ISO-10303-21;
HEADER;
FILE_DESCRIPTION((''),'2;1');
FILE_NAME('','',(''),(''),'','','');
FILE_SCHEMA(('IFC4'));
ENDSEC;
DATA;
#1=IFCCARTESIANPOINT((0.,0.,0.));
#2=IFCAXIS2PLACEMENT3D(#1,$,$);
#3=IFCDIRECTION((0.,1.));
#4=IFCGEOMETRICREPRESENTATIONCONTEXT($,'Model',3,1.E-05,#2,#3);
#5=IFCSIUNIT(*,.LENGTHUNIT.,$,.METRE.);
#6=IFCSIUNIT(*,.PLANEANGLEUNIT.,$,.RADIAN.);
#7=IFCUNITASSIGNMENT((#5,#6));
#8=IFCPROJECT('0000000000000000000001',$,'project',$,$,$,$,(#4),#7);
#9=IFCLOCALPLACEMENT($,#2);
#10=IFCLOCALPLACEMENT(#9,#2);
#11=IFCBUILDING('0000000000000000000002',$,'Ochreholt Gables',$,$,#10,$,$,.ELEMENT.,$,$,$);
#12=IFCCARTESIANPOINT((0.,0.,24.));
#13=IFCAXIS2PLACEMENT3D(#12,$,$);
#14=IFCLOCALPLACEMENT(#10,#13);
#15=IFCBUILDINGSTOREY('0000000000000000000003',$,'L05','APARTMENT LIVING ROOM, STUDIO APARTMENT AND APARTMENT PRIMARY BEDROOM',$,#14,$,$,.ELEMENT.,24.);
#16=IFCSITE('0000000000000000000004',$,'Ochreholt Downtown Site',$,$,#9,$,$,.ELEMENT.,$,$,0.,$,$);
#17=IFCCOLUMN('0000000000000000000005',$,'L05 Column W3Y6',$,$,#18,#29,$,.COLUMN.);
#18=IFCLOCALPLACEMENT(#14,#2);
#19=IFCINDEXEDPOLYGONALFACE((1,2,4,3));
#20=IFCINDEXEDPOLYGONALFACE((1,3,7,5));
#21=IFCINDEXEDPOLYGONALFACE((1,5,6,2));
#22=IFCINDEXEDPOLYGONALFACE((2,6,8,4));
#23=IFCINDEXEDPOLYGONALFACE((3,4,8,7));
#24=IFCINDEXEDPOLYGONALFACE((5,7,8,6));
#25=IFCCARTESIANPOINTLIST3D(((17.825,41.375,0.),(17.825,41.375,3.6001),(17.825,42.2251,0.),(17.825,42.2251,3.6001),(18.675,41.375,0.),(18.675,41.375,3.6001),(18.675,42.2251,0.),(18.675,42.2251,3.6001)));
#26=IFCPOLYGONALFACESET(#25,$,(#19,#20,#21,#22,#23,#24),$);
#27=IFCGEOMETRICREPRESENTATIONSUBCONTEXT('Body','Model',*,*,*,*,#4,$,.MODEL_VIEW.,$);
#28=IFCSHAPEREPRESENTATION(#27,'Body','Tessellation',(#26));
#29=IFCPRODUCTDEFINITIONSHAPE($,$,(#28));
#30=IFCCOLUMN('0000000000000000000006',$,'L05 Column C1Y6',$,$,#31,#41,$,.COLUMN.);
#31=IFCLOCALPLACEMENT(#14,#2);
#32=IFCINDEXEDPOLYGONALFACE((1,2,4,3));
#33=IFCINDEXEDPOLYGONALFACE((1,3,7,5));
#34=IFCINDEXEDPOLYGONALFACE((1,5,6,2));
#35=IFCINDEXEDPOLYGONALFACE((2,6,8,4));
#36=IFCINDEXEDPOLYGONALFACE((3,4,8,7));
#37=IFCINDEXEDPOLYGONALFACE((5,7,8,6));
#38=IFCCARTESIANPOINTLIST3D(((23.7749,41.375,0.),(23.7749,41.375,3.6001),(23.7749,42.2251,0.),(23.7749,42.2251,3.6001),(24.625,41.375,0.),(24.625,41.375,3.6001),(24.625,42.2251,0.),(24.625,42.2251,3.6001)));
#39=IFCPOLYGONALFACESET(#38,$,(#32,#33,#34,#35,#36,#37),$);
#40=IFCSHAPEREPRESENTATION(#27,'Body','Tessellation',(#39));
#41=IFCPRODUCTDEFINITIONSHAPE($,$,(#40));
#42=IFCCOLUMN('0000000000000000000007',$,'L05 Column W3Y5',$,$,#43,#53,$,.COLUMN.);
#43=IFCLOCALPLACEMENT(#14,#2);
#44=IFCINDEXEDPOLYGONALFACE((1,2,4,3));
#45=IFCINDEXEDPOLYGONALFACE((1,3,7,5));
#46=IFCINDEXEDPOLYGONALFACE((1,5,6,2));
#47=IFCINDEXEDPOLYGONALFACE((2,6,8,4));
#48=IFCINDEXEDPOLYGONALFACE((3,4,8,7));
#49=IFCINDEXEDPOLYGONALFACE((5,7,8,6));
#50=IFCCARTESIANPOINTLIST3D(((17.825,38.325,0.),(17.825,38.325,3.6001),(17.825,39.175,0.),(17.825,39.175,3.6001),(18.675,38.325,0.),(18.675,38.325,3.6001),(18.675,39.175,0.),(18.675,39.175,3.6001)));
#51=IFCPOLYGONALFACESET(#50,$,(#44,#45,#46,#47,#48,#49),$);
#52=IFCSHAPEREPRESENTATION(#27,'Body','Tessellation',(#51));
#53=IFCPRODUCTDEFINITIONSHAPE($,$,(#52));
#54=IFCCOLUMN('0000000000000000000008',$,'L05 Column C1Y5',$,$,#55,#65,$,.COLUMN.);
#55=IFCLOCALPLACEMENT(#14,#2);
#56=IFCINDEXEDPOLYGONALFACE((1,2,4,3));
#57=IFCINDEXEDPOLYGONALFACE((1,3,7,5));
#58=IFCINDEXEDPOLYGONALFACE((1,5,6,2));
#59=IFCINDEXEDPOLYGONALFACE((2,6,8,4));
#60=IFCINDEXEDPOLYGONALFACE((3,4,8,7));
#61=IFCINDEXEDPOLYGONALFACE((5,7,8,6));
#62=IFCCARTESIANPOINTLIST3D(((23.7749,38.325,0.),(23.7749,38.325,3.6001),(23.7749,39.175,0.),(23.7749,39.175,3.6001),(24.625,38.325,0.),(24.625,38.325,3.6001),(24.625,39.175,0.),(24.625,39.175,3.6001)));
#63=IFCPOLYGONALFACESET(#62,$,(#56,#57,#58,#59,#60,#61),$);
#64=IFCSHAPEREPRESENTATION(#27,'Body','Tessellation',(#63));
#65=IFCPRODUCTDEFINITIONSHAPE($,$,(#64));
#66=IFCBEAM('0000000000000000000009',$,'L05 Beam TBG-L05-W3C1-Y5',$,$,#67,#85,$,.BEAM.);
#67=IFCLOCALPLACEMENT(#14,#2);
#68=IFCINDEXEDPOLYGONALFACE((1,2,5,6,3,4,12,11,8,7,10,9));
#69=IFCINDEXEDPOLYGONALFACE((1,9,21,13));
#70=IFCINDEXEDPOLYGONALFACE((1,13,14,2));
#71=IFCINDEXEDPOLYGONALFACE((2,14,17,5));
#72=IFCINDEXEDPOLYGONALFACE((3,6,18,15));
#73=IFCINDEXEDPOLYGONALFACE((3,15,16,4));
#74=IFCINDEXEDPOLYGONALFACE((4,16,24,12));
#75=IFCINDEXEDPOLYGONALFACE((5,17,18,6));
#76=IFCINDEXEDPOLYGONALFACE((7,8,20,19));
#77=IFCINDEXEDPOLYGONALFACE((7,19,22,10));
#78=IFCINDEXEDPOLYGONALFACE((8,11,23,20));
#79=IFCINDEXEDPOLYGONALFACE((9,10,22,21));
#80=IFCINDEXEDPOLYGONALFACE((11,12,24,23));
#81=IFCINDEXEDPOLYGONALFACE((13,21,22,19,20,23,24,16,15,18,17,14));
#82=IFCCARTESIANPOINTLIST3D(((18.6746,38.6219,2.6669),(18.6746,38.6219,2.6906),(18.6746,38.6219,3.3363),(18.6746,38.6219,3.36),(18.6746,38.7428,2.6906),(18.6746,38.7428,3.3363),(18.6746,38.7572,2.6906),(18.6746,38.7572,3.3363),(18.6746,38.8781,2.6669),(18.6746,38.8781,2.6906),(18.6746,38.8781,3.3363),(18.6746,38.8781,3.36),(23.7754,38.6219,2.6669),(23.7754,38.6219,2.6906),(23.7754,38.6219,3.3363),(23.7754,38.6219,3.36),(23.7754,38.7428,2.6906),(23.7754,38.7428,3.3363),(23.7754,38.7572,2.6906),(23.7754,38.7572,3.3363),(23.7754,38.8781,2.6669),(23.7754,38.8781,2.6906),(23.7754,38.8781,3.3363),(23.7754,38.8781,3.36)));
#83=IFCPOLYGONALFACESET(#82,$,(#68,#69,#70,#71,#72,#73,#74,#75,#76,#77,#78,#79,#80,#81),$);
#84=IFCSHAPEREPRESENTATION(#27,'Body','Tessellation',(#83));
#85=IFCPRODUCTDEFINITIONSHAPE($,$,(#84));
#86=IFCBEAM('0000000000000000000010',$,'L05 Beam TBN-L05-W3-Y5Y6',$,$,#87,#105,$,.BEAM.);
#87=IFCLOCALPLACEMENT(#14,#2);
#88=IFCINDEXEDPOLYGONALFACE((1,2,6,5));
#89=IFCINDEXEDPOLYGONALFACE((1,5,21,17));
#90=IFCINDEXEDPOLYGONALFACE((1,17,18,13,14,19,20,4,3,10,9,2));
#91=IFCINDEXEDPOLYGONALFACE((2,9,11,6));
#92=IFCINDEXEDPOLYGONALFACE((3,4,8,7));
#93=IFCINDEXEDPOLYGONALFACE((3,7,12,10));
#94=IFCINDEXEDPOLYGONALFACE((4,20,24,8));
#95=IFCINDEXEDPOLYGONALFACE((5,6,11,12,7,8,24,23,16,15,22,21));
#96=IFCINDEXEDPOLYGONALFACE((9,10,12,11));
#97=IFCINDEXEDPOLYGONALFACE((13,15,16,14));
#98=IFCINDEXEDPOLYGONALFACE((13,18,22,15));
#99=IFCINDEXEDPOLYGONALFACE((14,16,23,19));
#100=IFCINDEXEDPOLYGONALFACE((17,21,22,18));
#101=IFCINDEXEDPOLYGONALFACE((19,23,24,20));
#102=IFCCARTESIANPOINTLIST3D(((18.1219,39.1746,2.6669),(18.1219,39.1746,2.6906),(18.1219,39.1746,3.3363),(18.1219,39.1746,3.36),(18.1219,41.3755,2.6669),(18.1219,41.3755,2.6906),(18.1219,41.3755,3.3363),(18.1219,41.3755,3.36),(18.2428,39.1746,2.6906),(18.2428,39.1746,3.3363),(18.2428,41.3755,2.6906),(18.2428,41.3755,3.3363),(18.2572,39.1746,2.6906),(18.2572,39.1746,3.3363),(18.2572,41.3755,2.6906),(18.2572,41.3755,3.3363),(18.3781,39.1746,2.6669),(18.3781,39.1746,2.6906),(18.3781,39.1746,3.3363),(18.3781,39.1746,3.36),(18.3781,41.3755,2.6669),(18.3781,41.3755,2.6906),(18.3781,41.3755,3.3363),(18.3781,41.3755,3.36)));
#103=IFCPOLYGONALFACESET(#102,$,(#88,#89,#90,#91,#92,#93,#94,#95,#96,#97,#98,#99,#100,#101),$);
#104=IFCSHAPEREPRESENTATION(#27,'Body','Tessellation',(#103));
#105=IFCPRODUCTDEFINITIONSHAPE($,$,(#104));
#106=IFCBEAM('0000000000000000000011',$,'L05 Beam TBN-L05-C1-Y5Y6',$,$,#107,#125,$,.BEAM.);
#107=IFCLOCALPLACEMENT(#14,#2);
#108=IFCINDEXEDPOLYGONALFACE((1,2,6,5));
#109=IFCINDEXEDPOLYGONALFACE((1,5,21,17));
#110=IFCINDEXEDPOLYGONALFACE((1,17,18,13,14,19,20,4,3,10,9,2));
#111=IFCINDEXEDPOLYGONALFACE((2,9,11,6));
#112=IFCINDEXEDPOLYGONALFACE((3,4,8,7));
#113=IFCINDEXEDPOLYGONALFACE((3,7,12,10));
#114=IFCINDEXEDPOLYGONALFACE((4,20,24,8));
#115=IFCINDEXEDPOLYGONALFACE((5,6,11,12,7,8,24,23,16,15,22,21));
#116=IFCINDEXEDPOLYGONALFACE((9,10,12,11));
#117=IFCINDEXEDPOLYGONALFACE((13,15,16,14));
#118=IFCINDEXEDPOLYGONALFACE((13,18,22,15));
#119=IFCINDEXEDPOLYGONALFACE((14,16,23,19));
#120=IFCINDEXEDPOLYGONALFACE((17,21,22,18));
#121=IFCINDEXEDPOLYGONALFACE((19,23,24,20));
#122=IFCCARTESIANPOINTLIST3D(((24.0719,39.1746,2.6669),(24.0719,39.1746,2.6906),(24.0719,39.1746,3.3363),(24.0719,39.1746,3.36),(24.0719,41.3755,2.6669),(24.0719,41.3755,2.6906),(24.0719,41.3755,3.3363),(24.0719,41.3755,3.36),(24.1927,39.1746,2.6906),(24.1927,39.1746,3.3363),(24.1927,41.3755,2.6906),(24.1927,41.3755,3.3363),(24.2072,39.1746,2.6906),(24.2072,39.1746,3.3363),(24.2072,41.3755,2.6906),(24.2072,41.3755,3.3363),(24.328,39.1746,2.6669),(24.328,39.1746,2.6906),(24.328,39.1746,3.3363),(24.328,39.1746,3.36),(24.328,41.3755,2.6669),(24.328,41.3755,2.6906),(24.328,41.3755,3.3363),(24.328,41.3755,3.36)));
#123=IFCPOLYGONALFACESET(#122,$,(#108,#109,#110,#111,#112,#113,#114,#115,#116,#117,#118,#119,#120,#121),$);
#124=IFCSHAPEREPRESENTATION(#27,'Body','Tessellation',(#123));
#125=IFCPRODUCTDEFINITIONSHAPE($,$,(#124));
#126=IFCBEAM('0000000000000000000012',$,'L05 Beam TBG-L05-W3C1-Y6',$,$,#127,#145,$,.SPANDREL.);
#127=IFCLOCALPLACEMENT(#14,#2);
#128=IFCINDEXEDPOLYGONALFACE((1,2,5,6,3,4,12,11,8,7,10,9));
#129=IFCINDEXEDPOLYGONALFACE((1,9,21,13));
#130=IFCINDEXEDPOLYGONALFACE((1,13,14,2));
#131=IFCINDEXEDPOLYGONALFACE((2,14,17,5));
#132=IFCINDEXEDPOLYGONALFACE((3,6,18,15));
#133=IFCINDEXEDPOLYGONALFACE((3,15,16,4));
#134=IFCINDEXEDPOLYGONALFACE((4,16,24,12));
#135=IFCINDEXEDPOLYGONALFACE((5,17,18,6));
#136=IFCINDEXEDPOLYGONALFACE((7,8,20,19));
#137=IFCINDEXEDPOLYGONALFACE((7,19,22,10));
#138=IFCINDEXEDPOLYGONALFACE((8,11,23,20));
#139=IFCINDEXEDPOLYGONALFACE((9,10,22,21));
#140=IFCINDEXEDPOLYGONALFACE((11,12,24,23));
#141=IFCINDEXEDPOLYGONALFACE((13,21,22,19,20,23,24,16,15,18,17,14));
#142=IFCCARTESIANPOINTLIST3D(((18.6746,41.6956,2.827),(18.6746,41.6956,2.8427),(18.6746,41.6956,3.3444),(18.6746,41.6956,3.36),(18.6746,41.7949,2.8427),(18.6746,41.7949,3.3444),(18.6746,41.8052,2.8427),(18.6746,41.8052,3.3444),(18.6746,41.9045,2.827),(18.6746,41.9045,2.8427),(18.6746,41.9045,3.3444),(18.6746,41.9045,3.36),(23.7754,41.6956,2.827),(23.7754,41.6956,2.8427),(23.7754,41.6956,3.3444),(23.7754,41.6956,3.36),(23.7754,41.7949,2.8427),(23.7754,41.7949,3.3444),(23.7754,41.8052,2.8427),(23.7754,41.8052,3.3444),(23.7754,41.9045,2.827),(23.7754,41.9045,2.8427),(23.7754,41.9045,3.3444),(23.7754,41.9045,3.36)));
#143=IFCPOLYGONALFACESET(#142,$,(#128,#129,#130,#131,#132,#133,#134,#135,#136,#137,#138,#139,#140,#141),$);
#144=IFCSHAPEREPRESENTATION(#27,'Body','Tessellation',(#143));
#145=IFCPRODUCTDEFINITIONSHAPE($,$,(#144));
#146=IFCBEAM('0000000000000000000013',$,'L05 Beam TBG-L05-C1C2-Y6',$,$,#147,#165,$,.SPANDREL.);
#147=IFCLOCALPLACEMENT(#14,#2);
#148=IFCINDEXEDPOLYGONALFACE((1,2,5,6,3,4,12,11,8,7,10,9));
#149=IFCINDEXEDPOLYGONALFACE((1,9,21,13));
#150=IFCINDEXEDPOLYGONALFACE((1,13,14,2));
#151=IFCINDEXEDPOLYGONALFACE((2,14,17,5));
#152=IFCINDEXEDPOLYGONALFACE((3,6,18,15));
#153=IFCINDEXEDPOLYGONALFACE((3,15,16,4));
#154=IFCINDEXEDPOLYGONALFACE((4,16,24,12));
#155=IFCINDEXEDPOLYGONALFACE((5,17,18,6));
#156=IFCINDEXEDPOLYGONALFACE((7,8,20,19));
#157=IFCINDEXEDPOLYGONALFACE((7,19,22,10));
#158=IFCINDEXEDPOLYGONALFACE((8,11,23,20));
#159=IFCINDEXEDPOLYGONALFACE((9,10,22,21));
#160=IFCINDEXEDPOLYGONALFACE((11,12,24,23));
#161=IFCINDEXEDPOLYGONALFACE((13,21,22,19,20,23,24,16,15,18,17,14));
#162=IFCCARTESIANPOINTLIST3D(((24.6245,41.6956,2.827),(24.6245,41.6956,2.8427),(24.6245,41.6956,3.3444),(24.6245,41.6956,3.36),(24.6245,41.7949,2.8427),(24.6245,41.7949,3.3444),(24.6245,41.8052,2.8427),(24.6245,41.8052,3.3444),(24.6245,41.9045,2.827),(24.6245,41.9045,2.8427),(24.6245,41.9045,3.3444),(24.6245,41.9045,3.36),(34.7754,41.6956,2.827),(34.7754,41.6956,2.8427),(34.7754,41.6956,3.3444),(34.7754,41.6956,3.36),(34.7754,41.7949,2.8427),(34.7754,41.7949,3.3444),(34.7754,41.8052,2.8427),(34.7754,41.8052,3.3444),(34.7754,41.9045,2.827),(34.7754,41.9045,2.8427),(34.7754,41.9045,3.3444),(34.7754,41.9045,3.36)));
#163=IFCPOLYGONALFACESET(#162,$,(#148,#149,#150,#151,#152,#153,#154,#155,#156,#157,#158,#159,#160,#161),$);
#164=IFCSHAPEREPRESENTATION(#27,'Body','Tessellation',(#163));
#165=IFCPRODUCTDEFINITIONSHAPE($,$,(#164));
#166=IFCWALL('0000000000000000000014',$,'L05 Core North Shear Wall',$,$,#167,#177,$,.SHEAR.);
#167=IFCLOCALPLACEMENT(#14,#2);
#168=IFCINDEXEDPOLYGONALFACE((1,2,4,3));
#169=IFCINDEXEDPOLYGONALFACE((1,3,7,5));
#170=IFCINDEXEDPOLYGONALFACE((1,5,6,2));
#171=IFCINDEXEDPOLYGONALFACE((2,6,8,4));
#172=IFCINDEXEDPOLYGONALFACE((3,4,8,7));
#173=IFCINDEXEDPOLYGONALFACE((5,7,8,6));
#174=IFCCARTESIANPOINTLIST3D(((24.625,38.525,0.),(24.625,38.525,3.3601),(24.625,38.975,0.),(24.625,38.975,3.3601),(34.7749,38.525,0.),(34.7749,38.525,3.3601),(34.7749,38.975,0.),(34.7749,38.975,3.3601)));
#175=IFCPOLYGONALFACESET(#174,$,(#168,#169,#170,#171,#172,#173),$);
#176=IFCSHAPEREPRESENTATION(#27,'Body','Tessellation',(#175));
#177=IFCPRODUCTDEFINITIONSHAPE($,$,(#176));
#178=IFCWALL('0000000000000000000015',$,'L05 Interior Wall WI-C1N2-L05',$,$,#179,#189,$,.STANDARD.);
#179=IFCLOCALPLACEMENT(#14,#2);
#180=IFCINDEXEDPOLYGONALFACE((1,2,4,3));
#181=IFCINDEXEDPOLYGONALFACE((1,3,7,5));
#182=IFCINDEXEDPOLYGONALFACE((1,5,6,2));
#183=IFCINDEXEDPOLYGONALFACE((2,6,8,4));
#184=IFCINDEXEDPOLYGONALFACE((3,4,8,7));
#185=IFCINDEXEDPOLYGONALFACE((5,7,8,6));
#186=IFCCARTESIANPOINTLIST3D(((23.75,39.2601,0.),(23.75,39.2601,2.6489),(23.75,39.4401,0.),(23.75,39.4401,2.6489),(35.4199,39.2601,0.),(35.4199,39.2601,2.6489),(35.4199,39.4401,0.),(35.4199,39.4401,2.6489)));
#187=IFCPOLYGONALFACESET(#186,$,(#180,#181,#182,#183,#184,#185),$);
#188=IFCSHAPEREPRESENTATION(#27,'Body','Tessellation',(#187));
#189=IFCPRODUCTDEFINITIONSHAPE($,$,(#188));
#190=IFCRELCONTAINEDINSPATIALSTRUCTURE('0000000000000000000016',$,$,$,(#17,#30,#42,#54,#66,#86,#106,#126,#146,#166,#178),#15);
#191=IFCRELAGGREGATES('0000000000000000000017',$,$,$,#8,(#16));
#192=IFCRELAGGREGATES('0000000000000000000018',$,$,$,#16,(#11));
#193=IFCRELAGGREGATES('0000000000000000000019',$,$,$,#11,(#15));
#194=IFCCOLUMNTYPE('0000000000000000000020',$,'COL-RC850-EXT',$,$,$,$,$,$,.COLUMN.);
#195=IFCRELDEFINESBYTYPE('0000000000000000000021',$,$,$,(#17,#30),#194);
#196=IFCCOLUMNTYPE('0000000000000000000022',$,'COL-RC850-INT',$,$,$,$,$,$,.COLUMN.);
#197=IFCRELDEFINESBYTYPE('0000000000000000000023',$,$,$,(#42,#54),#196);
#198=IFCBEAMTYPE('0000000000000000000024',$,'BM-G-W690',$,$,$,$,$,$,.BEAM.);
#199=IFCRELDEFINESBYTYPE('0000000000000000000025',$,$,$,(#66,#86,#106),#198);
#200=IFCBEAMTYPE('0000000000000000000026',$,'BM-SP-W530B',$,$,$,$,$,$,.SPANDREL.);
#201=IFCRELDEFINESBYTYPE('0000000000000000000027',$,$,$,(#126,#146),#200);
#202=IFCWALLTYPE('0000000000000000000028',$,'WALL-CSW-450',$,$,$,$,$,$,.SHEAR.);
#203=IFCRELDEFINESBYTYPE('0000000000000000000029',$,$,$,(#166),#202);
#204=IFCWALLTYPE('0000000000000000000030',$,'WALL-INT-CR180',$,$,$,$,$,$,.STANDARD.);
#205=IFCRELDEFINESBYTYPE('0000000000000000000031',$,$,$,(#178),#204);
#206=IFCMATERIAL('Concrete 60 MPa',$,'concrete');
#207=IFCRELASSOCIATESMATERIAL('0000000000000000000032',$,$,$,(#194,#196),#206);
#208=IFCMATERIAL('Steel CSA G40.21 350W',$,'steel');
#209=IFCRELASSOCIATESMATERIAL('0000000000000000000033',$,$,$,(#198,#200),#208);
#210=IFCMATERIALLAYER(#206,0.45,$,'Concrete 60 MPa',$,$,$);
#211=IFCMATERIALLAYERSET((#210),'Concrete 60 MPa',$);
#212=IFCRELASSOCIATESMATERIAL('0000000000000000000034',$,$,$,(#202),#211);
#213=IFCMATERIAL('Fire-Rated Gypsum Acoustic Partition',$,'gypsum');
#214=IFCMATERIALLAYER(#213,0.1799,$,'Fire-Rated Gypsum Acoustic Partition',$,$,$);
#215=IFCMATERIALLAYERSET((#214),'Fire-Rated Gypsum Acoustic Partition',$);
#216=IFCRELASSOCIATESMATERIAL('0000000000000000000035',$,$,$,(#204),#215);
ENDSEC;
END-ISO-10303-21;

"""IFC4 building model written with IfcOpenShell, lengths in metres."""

from ifc_helpers import new_model, si_unit, direction, frame, frame_2d, origin, origin_2d, place, context, subcontext, project, spatial, rectangle, i_section, extrude, material, layer, layer_set, material_profile, profile_set, type_object, element, save


model = new_model("IFC4")

# Units and contexts
model_context = context("Model", 3, precision=1e-05, world=origin(), true_north=direction((0.0, 1.0)))
body_context = subcontext(model_context, "Body", "Model", "MODEL_VIEW")
ifc_project = project(units=[si_unit("LENGTHUNIT", "METRE"), si_unit("PLANEANGLEUNIT", "RADIAN")], contexts=[model_context])

# Site, building, storey
site_placement = place(None, origin())
site = spatial("IfcSite", under=ifc_project, at=site_placement, Name="Ochreholt Downtown Site", CompositionType="ELEMENT", RefElevation=0.0)
building_placement = place(site_placement, origin())
building = spatial("IfcBuilding", under=site, at=building_placement, Name="Ochreholt Gables", CompositionType="ELEMENT")
storey_placement = place(building_placement, frame((0.0, 0.0, 24.0)))
storey = spatial("IfcBuildingStorey", under=building, at=storey_placement, Name="L05", Description="APARTMENT LIVING ROOM, STUDIO APARTMENT AND APARTMENT PRIMARY BEDROOM", CompositionType="ELEMENT", Elevation=24.0)

# Columns
ifc_material_1 = material(Name="Concrete 60 MPa", Category="concrete")
ifc_material_profile_1 = material_profile(ifc_material_1, rectangle(XDim=0.8501, YDim=0.8501, at=origin_2d()), Name="RC850X850")
ifc_profile_set_1 = profile_set([ifc_material_profile_1], Name="Concrete 60 MPa")
column_type_1 = type_object("IfcColumnType", Name="COL-RC850-EXT", PredefinedType="COLUMN", material=ifc_profile_set_1)
for number, where, z_axis, x_axis, name in (
    (1, (18.25, 41.8, 0.0), (0.0, 0.0, 1.0), (1.0, 0.0, 0.0), "L05 Column W3Y6"),
    (2, (24.2, 41.8, 0.0), (0.0, 0.0, 1.0), (1.0, 0.0, 0.0), "L05 Column C1Y6"),
):
    element("IfcColumn", number, at=place(storey_placement, frame(where, z_axis=z_axis, x_axis=x_axis)), inside=storey, type_object=column_type_1, Name=name, PredefinedType="COLUMN", context=body_context, shape_type="SweptSolid", body=[
        extrude(rectangle(XDim=0.8501, YDim=0.8501, at=origin_2d()), origin(), (0.0, 0.0, 1.0), 3.6001),
    ])
ifc_material_profile_2 = material_profile(ifc_material_1, rectangle(XDim=0.8501, YDim=0.8501, at=origin_2d()), Name="RC850X850")
ifc_profile_set_2 = profile_set([ifc_material_profile_2], Name="Concrete 60 MPa")
column_type_2 = type_object("IfcColumnType", Name="COL-RC850-INT", PredefinedType="COLUMN", material=ifc_profile_set_2)
for number, where, z_axis, x_axis, name in (
    (3, (18.25, 38.75, 0.0), (0.0, 0.0, 1.0), (1.0, 0.0, 0.0), "L05 Column W3Y5"),
    (4, (24.2, 38.75, 0.0), (0.0, 0.0, 1.0), (1.0, 0.0, 0.0), "L05 Column C1Y5"),
):
    element("IfcColumn", number, at=place(storey_placement, frame(where, z_axis=z_axis, x_axis=x_axis)), inside=storey, type_object=column_type_2, Name=name, PredefinedType="COLUMN", context=body_context, shape_type="SweptSolid", body=[
        extrude(rectangle(XDim=0.8501, YDim=0.8501, at=origin_2d()), origin(), (0.0, 0.0, 1.0), 3.6001),
    ])

# Beams
ifc_material_2 = material(Name="Steel CSA G40.21 350W", Category="steel")
ifc_material_profile_3 = material_profile(ifc_material_2, i_section(OverallWidth=0.2561, OverallDepth=0.6931, WebThickness=0.0144, FlangeThickness=0.0237, at=origin_2d()), Name="W690X170")
ifc_profile_set_3 = profile_set([ifc_material_profile_3], Name="Steel CSA G40.21 350W")
beam_type_1 = type_object("IfcBeamType", Name="BM-G-W690", PredefinedType="BEAM", material=ifc_profile_set_3)
beam_1_placement = place(storey_placement, frame((18.6746, 38.75, 3.0134), z_axis=(1.0, 0.0, 0.0), x_axis=(0.0, 1.0, 0.0)))
element("IfcBeam", 5, at=beam_1_placement, inside=storey, type_object=beam_type_1, Name="L05 Beam TBG-L05-W3C1-Y5", PredefinedType="BEAM", context=body_context, shape_type="SweptSolid", body=[
    extrude(i_section(OverallWidth=0.2561, OverallDepth=0.6931, WebThickness=0.0144, FlangeThickness=0.0237, at=origin_2d()), origin(), (0.0, 0.0, 1.0), 5.1008),
])
for number, where, z_axis, x_axis, name in (
    (6, (18.25, 39.1746, 3.0134), (0.0, 1.0, 0.0), (-1.0, 0.0, 0.0), "L05 Beam TBN-L05-W3-Y5Y6"),
    (7, (24.2, 39.1746, 3.0134), (0.0, 1.0, 0.0), (-1.0, 0.0, 0.0), "L05 Beam TBN-L05-C1-Y5Y6"),
):
    element("IfcBeam", number, at=place(storey_placement, frame(where, z_axis=z_axis, x_axis=x_axis)), inside=storey, type_object=beam_type_1, Name=name, PredefinedType="BEAM", context=body_context, shape_type="SweptSolid", body=[
        extrude(i_section(OverallWidth=0.2561, OverallDepth=0.6931, WebThickness=0.0144, FlangeThickness=0.0237, at=origin_2d()), origin(), (0.0, 0.0, 1.0), 2.2009),
    ])
ifc_material_profile_4 = material_profile(ifc_material_2, i_section(OverallWidth=0.209, OverallDepth=0.533, WebThickness=0.0103, FlangeThickness=0.0156, at=origin_2d()), Name="W530X92")
ifc_profile_set_4 = profile_set([ifc_material_profile_4], Name="Steel CSA G40.21 350W")
beam_type_2 = type_object("IfcBeamType", Name="BM-SP-W530B", PredefinedType="SPANDREL", material=ifc_profile_set_4)
beam_2_placement = place(storey_placement, frame((18.6746, 41.8, 3.0935), z_axis=(1.0, 0.0, 0.0), x_axis=(0.0, 1.0, 0.0)))
element("IfcBeam", 8, at=beam_2_placement, inside=storey, type_object=beam_type_2, Name="L05 Beam TBG-L05-W3C1-Y6", PredefinedType="SPANDREL", context=body_context, shape_type="SweptSolid", body=[
    extrude(i_section(OverallWidth=0.209, OverallDepth=0.533, WebThickness=0.0103, FlangeThickness=0.0156, at=origin_2d()), origin(), (0.0, 0.0, 1.0), 5.1008),
])
beam_3_placement = place(storey_placement, frame((24.6245, 41.8, 3.0935), z_axis=(1.0, 0.0, 0.0), x_axis=(0.0, 1.0, 0.0)))
element("IfcBeam", 9, at=beam_3_placement, inside=storey, type_object=beam_type_2, Name="L05 Beam TBG-L05-C1C2-Y6", PredefinedType="SPANDREL", context=body_context, shape_type="SweptSolid", body=[
    extrude(i_section(OverallWidth=0.209, OverallDepth=0.533, WebThickness=0.0103, FlangeThickness=0.0156, at=origin_2d()), origin(), (0.0, 0.0, 1.0), 10.1509),
])

# Walls
ifc_layer_1 = layer(ifc_material_1, 0.45, Name="Concrete 60 MPa")
ifc_layer_set_1 = layer_set([ifc_layer_1], Name="Concrete 60 MPa")
wall_type_1 = type_object("IfcWallType", Name="WALL-CSW-450", PredefinedType="SHEAR", material=ifc_layer_set_1)
wall_1_placement = place(storey_placement, frame((24.625, 38.75, 0.0), z_axis=(0.0, 0.0, 1.0), x_axis=(1.0, 0.0, 0.0)))
element("IfcWall", 10, at=wall_1_placement, inside=storey, type_object=wall_type_1, Name="L05 Core North Shear Wall", PredefinedType="SHEAR", context=body_context, shape_type="SweptSolid", body=[
    extrude(rectangle(XDim=10.1499, YDim=0.45, at=frame_2d((5.075, 0.0))), origin(), (0.0, 0.0, 1.0), 3.3601),
])
ifc_material_3 = material(Name="Fire-Rated Gypsum Acoustic Partition", Category="gypsum")
ifc_layer_2 = layer(ifc_material_3, 0.1799, Name="Fire-Rated Gypsum Acoustic Partition")
ifc_layer_set_2 = layer_set([ifc_layer_2], Name="Fire-Rated Gypsum Acoustic Partition")
wall_type_2 = type_object("IfcWallType", Name="WALL-INT-CR180", PredefinedType="STANDARD", material=ifc_layer_set_2)
wall_2_placement = place(storey_placement, frame((23.75, 39.3501, 0.0), z_axis=(0.0, 0.0, 1.0), x_axis=(1.0, 0.0, 0.0)))
element("IfcWall", 11, at=wall_2_placement, inside=storey, type_object=wall_type_2, Name="L05 Interior Wall WI-C1N2-L05", PredefinedType="STANDARD", context=body_context, shape_type="SweptSolid", body=[
    extrude(rectangle(XDim=11.6699, YDim=0.1799, at=frame_2d((5.835, 0.0))), origin(), (0.0, 0.0, 1.0), 2.6489),
])

save(model, "model.ifc")
